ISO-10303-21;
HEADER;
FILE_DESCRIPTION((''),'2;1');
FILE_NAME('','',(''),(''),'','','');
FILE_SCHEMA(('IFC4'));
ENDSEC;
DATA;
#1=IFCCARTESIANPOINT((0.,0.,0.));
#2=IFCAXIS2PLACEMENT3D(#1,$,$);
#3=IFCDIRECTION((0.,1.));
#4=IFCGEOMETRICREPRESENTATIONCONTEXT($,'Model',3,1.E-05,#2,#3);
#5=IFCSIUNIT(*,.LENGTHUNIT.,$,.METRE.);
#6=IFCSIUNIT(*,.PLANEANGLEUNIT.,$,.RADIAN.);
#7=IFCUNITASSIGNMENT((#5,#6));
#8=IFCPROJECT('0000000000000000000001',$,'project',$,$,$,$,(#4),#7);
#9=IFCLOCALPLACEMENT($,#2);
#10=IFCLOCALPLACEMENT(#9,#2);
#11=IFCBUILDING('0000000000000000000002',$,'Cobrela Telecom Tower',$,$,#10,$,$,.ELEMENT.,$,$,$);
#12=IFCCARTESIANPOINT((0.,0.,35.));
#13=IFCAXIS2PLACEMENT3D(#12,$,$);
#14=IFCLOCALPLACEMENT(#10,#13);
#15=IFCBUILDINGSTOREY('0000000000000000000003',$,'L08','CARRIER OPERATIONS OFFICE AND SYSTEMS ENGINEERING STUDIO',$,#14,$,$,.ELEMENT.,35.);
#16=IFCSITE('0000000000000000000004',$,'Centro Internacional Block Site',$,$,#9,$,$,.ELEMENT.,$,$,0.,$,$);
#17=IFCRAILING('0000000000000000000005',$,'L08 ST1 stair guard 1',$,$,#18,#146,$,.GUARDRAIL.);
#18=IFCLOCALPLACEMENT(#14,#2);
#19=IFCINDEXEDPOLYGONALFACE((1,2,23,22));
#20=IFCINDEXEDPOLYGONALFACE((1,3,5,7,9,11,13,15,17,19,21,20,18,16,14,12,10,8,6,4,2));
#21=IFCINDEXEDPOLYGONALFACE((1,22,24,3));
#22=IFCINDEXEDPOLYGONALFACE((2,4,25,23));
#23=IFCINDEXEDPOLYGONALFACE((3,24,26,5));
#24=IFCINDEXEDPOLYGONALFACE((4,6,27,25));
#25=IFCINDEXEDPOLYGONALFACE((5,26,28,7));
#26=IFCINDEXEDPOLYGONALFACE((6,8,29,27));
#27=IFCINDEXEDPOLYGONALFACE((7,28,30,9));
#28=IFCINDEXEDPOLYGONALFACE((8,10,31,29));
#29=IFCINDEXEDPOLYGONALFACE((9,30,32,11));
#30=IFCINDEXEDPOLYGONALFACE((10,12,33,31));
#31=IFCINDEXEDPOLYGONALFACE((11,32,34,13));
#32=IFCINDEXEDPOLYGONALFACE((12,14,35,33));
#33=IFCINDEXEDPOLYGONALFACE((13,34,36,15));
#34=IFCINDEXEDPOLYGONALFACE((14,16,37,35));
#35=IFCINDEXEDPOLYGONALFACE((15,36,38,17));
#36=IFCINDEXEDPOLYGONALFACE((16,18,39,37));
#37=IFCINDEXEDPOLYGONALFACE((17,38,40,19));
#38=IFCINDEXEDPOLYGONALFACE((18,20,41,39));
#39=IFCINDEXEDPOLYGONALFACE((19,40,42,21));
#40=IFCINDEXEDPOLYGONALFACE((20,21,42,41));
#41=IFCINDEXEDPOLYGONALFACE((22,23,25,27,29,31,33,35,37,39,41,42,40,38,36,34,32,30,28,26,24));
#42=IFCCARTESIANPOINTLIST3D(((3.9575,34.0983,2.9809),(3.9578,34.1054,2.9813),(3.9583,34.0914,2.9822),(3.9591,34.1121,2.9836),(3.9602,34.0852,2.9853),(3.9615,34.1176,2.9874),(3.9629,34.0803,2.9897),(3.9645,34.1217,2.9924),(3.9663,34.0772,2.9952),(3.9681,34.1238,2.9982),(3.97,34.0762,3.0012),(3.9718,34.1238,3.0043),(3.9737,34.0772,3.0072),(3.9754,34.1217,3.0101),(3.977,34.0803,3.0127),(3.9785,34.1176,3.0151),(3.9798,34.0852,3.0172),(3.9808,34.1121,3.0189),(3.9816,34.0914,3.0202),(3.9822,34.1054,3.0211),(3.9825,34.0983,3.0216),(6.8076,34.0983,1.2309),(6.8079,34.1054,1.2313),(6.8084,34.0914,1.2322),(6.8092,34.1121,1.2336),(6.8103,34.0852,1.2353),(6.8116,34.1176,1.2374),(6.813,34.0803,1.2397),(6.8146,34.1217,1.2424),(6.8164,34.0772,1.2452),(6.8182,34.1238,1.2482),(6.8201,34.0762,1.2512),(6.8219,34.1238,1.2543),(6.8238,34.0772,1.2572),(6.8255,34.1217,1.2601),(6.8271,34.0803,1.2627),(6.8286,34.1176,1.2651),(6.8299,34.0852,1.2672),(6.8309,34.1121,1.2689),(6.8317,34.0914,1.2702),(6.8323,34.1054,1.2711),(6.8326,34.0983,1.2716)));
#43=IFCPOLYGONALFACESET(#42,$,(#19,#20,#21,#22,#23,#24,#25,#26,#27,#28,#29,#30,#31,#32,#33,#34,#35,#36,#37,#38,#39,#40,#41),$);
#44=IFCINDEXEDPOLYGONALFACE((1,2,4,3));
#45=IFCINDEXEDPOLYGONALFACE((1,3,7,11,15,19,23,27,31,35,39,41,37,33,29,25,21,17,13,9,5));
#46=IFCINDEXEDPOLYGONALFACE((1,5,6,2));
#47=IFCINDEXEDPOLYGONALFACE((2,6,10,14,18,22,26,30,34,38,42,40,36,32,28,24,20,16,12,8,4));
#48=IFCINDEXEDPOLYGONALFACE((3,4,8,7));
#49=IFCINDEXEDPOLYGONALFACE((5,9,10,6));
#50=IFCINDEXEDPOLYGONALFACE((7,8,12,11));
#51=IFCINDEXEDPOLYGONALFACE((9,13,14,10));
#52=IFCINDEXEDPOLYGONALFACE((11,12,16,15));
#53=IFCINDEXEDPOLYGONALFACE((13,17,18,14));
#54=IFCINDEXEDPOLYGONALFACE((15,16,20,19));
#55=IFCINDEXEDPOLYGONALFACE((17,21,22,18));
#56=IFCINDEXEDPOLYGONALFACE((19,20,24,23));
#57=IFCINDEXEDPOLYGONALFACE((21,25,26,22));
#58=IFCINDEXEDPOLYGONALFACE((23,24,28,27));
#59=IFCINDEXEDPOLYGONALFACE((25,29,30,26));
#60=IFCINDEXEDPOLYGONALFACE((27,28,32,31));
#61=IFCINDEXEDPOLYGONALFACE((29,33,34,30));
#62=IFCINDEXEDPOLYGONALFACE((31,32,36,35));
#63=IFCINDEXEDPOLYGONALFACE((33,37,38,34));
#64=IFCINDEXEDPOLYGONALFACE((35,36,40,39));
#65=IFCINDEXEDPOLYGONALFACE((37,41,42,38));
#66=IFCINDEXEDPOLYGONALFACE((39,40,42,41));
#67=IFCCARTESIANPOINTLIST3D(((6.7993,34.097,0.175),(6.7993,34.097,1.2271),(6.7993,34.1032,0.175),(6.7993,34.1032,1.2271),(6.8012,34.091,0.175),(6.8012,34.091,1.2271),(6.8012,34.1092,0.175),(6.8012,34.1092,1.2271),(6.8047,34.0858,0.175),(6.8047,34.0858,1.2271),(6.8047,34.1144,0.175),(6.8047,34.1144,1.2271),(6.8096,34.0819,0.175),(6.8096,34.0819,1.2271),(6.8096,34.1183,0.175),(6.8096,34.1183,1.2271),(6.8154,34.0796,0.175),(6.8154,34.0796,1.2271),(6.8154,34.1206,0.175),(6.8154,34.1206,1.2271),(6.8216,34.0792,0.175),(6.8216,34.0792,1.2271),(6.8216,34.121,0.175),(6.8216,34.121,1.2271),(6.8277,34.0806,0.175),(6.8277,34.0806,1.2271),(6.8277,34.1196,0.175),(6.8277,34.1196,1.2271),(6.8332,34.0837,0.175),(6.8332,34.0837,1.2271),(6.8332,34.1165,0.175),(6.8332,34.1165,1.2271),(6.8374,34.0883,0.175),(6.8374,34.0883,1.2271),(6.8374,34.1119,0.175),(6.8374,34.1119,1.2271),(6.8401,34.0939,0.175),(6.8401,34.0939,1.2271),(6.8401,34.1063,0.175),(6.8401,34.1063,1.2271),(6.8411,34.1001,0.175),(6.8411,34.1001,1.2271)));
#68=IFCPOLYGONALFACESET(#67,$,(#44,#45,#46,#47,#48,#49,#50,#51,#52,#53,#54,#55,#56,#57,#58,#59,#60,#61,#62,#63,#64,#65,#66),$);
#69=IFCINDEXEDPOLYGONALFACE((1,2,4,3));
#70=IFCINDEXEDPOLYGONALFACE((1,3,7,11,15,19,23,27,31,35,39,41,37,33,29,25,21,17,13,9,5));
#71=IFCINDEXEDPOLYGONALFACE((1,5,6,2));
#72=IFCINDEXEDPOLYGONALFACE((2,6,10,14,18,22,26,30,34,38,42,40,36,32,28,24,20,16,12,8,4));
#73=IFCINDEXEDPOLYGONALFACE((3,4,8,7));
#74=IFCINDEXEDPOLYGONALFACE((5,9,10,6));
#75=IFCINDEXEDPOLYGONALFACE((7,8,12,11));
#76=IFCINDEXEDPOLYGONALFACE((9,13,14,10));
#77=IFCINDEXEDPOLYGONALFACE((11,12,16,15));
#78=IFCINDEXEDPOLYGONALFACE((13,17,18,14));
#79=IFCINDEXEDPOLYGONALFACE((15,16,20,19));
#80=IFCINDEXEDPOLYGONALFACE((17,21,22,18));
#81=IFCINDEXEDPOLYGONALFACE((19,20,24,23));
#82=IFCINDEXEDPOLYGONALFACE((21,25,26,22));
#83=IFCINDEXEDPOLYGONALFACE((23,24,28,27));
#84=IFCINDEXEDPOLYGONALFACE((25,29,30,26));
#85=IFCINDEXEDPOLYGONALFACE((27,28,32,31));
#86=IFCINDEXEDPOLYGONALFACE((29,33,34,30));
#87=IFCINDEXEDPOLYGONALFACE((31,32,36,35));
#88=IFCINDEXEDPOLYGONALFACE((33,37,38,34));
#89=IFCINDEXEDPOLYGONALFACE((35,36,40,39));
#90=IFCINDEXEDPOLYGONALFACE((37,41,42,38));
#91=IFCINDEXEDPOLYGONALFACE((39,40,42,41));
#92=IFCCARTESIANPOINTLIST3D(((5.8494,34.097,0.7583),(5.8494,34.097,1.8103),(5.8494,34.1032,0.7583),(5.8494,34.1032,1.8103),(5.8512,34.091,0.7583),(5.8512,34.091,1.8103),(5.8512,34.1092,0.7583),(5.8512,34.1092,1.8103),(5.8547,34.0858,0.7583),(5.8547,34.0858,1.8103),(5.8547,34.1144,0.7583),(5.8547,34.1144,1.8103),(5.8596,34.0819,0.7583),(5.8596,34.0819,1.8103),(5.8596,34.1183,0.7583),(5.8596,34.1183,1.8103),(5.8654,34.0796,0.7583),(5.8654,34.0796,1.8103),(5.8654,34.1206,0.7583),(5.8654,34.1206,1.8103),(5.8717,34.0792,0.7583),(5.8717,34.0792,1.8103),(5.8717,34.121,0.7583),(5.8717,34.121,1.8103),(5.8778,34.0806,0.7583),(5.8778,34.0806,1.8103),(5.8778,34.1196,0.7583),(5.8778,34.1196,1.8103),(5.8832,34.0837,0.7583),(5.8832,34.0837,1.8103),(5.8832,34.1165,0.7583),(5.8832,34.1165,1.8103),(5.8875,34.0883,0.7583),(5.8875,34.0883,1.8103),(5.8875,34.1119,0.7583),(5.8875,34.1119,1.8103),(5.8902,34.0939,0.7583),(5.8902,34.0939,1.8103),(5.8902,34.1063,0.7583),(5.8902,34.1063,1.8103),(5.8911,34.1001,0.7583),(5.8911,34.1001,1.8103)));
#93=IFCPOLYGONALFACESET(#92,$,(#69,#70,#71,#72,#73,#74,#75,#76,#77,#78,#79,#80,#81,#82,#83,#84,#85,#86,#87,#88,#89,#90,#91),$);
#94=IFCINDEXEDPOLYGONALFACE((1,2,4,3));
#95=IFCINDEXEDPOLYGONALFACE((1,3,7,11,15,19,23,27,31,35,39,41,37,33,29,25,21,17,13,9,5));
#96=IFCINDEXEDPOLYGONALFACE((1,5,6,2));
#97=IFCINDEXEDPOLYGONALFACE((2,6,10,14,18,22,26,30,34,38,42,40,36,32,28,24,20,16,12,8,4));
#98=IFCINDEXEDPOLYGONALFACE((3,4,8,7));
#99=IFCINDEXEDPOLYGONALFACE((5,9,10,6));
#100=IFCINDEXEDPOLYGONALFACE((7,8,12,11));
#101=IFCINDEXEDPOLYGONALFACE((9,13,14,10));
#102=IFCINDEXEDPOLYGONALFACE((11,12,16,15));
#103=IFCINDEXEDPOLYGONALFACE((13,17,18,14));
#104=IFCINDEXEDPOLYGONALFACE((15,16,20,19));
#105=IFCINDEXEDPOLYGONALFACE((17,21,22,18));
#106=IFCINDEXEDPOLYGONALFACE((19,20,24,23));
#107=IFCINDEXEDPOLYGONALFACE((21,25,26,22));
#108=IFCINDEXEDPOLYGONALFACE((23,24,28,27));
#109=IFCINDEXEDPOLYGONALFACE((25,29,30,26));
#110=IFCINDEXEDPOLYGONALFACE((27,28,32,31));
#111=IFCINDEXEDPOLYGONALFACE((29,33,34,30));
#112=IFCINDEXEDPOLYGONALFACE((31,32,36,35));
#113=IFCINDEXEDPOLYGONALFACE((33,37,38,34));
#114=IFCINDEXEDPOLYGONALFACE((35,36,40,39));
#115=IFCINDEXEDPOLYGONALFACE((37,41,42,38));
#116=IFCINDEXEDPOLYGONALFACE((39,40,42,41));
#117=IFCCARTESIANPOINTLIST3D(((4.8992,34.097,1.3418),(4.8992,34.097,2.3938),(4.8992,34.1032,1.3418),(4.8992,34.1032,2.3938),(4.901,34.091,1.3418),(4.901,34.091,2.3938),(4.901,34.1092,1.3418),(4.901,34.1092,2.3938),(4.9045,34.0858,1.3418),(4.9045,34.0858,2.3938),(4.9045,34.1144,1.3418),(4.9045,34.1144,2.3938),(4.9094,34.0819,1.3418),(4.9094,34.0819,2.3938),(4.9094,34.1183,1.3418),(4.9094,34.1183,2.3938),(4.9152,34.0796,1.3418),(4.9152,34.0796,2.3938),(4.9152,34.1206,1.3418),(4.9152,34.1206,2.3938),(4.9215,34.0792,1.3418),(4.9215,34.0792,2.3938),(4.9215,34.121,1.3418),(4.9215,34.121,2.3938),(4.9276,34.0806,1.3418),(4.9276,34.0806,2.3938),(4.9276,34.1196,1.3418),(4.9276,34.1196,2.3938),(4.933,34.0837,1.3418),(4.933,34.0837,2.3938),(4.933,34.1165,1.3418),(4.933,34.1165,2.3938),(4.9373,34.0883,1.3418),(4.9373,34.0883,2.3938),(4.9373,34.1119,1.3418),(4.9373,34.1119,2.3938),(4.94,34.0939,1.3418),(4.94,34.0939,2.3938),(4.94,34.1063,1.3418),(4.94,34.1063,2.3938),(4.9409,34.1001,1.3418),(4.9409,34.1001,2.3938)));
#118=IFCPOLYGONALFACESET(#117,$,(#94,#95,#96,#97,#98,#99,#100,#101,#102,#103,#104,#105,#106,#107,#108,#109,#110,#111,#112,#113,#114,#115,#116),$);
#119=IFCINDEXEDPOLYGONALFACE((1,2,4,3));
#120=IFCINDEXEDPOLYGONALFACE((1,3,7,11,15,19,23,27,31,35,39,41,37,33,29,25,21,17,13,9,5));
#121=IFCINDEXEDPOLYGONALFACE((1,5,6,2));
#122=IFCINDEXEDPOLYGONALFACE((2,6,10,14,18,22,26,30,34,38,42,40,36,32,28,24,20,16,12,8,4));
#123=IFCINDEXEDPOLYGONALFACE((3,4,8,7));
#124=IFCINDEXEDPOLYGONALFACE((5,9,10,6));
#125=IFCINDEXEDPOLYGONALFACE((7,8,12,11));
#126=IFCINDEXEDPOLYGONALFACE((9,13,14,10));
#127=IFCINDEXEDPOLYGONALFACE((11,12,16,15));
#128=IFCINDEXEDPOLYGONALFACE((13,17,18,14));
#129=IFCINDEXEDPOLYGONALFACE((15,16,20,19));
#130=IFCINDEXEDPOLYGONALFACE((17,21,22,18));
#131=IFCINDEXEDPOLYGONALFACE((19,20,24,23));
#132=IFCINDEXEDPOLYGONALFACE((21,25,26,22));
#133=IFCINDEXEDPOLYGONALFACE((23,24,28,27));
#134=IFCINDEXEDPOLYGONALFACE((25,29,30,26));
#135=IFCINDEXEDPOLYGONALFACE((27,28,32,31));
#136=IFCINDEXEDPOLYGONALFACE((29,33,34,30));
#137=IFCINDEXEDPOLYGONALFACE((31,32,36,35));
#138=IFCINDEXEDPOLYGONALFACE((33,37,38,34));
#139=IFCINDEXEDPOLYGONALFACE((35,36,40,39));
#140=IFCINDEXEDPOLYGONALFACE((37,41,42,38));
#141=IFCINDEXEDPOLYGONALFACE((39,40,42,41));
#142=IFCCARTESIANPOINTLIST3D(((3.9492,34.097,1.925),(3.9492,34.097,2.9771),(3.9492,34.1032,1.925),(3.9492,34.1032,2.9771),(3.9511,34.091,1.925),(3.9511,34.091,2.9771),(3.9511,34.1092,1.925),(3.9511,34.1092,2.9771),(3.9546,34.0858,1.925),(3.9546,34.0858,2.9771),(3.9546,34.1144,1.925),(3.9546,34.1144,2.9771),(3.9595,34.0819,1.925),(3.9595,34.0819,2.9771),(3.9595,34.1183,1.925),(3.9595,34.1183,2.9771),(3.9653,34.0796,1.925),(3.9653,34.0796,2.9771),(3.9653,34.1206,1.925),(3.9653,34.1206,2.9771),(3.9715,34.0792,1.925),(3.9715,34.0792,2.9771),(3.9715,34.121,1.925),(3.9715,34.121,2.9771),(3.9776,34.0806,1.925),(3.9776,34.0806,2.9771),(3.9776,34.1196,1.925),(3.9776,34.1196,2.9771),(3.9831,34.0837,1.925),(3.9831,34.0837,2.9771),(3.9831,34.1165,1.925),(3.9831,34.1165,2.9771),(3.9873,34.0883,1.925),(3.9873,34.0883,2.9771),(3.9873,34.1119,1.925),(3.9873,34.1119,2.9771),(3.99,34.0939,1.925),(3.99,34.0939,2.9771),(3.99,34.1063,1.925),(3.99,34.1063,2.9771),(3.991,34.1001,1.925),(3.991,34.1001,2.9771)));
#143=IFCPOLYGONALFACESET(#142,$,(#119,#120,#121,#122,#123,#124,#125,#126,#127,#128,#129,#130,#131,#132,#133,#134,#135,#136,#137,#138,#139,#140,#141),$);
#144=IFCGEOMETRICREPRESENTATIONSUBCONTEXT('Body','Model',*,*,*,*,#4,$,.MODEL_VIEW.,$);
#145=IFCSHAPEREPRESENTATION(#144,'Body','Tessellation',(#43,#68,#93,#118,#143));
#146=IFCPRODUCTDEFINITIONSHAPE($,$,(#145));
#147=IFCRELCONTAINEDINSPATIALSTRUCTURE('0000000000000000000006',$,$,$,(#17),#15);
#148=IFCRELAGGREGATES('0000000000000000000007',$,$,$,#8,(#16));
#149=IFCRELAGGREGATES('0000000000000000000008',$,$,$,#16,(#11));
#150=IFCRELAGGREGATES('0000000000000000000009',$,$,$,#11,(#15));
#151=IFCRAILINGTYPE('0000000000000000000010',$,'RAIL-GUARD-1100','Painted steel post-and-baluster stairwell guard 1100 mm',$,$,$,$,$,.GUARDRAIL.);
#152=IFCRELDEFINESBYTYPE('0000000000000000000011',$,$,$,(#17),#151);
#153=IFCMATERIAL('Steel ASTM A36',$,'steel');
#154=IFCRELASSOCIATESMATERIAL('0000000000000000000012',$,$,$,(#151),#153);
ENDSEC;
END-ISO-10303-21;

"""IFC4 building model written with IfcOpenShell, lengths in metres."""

from ifc_helpers import new_model, si_unit, direction, frame, origin, origin_2d, place, context, subcontext, project, spatial, circle, extrude, material, type_object, element, save


model = new_model("IFC4")

# Units and contexts
model_context = context("Model", 3, precision=1e-05, world=origin(), true_north=direction((0.0, 1.0)))
body_context = subcontext(model_context, "Body", "Model", "MODEL_VIEW")
ifc_project = project(units=[si_unit("LENGTHUNIT", "METRE"), si_unit("PLANEANGLEUNIT", "RADIAN")], contexts=[model_context])

# Site, building, storey
site_placement = place(None, origin())
site = spatial("IfcSite", under=ifc_project, at=site_placement, Name="Centro Internacional Block Site", CompositionType="ELEMENT", RefElevation=0.0)
building_placement = place(site_placement, origin())
building = spatial("IfcBuilding", under=site, at=building_placement, Name="Cobrela Telecom Tower", CompositionType="ELEMENT")
storey_placement = place(building_placement, frame((0.0, 0.0, 35.0)))
storey = spatial("IfcBuildingStorey", under=building, at=storey_placement, Name="L08", Description="CARRIER OPERATIONS OFFICE AND SYSTEMS ENGINEERING STUDIO", CompositionType="ELEMENT", Elevation=35.0)

# Shared definitions
ifc_material_1 = material(Name="Steel ASTM A36", Category="steel")

# Railing
railing_type_1 = type_object("IfcRailingType", Name="RAIL-GUARD-1100", Description="Painted steel post-and-baluster stairwell guard 1100 mm", PredefinedType="GUARDRAIL", material=ifc_material_1)
railing_1_placement = place(storey_placement, frame((6.8201, 34.1001, 0.175)))
element("IfcRailing", 1, at=railing_1_placement, inside=storey, type_object=railing_type_1, Name="L08 ST1 stair guard 1", PredefinedType="GUARDRAIL", context=body_context, shape_type="SweptSolid", body=[
    extrude(circle(Radius=0.0239, at=origin_2d()), frame((0.0, 0.0, 1.0762), z_axis=(-0.852179, 0.0, 0.52325), x_axis=(0.0, -1.0, 0.0)), (0.0, 0.0, 1.0), 3.3445),
    extrude(circle(Radius=0.021, at=origin_2d()), origin(), (0.0, 0.0, 1.0), 1.052),
    extrude(circle(Radius=0.021, at=origin_2d()), frame((-0.95, 0.0, 0.5833)), (0.0, 0.0, 1.0), 1.052),
    extrude(circle(Radius=0.021, at=origin_2d()), frame((-1.9001, 0.0, 1.1667)), (0.0, 0.0, 1.0), 1.052),
    extrude(circle(Radius=0.021, at=origin_2d()), frame((-2.8501, 0.0, 1.75)), (0.0, 0.0, 1.0), 1.052),
])

save(model, "model.ifc")
